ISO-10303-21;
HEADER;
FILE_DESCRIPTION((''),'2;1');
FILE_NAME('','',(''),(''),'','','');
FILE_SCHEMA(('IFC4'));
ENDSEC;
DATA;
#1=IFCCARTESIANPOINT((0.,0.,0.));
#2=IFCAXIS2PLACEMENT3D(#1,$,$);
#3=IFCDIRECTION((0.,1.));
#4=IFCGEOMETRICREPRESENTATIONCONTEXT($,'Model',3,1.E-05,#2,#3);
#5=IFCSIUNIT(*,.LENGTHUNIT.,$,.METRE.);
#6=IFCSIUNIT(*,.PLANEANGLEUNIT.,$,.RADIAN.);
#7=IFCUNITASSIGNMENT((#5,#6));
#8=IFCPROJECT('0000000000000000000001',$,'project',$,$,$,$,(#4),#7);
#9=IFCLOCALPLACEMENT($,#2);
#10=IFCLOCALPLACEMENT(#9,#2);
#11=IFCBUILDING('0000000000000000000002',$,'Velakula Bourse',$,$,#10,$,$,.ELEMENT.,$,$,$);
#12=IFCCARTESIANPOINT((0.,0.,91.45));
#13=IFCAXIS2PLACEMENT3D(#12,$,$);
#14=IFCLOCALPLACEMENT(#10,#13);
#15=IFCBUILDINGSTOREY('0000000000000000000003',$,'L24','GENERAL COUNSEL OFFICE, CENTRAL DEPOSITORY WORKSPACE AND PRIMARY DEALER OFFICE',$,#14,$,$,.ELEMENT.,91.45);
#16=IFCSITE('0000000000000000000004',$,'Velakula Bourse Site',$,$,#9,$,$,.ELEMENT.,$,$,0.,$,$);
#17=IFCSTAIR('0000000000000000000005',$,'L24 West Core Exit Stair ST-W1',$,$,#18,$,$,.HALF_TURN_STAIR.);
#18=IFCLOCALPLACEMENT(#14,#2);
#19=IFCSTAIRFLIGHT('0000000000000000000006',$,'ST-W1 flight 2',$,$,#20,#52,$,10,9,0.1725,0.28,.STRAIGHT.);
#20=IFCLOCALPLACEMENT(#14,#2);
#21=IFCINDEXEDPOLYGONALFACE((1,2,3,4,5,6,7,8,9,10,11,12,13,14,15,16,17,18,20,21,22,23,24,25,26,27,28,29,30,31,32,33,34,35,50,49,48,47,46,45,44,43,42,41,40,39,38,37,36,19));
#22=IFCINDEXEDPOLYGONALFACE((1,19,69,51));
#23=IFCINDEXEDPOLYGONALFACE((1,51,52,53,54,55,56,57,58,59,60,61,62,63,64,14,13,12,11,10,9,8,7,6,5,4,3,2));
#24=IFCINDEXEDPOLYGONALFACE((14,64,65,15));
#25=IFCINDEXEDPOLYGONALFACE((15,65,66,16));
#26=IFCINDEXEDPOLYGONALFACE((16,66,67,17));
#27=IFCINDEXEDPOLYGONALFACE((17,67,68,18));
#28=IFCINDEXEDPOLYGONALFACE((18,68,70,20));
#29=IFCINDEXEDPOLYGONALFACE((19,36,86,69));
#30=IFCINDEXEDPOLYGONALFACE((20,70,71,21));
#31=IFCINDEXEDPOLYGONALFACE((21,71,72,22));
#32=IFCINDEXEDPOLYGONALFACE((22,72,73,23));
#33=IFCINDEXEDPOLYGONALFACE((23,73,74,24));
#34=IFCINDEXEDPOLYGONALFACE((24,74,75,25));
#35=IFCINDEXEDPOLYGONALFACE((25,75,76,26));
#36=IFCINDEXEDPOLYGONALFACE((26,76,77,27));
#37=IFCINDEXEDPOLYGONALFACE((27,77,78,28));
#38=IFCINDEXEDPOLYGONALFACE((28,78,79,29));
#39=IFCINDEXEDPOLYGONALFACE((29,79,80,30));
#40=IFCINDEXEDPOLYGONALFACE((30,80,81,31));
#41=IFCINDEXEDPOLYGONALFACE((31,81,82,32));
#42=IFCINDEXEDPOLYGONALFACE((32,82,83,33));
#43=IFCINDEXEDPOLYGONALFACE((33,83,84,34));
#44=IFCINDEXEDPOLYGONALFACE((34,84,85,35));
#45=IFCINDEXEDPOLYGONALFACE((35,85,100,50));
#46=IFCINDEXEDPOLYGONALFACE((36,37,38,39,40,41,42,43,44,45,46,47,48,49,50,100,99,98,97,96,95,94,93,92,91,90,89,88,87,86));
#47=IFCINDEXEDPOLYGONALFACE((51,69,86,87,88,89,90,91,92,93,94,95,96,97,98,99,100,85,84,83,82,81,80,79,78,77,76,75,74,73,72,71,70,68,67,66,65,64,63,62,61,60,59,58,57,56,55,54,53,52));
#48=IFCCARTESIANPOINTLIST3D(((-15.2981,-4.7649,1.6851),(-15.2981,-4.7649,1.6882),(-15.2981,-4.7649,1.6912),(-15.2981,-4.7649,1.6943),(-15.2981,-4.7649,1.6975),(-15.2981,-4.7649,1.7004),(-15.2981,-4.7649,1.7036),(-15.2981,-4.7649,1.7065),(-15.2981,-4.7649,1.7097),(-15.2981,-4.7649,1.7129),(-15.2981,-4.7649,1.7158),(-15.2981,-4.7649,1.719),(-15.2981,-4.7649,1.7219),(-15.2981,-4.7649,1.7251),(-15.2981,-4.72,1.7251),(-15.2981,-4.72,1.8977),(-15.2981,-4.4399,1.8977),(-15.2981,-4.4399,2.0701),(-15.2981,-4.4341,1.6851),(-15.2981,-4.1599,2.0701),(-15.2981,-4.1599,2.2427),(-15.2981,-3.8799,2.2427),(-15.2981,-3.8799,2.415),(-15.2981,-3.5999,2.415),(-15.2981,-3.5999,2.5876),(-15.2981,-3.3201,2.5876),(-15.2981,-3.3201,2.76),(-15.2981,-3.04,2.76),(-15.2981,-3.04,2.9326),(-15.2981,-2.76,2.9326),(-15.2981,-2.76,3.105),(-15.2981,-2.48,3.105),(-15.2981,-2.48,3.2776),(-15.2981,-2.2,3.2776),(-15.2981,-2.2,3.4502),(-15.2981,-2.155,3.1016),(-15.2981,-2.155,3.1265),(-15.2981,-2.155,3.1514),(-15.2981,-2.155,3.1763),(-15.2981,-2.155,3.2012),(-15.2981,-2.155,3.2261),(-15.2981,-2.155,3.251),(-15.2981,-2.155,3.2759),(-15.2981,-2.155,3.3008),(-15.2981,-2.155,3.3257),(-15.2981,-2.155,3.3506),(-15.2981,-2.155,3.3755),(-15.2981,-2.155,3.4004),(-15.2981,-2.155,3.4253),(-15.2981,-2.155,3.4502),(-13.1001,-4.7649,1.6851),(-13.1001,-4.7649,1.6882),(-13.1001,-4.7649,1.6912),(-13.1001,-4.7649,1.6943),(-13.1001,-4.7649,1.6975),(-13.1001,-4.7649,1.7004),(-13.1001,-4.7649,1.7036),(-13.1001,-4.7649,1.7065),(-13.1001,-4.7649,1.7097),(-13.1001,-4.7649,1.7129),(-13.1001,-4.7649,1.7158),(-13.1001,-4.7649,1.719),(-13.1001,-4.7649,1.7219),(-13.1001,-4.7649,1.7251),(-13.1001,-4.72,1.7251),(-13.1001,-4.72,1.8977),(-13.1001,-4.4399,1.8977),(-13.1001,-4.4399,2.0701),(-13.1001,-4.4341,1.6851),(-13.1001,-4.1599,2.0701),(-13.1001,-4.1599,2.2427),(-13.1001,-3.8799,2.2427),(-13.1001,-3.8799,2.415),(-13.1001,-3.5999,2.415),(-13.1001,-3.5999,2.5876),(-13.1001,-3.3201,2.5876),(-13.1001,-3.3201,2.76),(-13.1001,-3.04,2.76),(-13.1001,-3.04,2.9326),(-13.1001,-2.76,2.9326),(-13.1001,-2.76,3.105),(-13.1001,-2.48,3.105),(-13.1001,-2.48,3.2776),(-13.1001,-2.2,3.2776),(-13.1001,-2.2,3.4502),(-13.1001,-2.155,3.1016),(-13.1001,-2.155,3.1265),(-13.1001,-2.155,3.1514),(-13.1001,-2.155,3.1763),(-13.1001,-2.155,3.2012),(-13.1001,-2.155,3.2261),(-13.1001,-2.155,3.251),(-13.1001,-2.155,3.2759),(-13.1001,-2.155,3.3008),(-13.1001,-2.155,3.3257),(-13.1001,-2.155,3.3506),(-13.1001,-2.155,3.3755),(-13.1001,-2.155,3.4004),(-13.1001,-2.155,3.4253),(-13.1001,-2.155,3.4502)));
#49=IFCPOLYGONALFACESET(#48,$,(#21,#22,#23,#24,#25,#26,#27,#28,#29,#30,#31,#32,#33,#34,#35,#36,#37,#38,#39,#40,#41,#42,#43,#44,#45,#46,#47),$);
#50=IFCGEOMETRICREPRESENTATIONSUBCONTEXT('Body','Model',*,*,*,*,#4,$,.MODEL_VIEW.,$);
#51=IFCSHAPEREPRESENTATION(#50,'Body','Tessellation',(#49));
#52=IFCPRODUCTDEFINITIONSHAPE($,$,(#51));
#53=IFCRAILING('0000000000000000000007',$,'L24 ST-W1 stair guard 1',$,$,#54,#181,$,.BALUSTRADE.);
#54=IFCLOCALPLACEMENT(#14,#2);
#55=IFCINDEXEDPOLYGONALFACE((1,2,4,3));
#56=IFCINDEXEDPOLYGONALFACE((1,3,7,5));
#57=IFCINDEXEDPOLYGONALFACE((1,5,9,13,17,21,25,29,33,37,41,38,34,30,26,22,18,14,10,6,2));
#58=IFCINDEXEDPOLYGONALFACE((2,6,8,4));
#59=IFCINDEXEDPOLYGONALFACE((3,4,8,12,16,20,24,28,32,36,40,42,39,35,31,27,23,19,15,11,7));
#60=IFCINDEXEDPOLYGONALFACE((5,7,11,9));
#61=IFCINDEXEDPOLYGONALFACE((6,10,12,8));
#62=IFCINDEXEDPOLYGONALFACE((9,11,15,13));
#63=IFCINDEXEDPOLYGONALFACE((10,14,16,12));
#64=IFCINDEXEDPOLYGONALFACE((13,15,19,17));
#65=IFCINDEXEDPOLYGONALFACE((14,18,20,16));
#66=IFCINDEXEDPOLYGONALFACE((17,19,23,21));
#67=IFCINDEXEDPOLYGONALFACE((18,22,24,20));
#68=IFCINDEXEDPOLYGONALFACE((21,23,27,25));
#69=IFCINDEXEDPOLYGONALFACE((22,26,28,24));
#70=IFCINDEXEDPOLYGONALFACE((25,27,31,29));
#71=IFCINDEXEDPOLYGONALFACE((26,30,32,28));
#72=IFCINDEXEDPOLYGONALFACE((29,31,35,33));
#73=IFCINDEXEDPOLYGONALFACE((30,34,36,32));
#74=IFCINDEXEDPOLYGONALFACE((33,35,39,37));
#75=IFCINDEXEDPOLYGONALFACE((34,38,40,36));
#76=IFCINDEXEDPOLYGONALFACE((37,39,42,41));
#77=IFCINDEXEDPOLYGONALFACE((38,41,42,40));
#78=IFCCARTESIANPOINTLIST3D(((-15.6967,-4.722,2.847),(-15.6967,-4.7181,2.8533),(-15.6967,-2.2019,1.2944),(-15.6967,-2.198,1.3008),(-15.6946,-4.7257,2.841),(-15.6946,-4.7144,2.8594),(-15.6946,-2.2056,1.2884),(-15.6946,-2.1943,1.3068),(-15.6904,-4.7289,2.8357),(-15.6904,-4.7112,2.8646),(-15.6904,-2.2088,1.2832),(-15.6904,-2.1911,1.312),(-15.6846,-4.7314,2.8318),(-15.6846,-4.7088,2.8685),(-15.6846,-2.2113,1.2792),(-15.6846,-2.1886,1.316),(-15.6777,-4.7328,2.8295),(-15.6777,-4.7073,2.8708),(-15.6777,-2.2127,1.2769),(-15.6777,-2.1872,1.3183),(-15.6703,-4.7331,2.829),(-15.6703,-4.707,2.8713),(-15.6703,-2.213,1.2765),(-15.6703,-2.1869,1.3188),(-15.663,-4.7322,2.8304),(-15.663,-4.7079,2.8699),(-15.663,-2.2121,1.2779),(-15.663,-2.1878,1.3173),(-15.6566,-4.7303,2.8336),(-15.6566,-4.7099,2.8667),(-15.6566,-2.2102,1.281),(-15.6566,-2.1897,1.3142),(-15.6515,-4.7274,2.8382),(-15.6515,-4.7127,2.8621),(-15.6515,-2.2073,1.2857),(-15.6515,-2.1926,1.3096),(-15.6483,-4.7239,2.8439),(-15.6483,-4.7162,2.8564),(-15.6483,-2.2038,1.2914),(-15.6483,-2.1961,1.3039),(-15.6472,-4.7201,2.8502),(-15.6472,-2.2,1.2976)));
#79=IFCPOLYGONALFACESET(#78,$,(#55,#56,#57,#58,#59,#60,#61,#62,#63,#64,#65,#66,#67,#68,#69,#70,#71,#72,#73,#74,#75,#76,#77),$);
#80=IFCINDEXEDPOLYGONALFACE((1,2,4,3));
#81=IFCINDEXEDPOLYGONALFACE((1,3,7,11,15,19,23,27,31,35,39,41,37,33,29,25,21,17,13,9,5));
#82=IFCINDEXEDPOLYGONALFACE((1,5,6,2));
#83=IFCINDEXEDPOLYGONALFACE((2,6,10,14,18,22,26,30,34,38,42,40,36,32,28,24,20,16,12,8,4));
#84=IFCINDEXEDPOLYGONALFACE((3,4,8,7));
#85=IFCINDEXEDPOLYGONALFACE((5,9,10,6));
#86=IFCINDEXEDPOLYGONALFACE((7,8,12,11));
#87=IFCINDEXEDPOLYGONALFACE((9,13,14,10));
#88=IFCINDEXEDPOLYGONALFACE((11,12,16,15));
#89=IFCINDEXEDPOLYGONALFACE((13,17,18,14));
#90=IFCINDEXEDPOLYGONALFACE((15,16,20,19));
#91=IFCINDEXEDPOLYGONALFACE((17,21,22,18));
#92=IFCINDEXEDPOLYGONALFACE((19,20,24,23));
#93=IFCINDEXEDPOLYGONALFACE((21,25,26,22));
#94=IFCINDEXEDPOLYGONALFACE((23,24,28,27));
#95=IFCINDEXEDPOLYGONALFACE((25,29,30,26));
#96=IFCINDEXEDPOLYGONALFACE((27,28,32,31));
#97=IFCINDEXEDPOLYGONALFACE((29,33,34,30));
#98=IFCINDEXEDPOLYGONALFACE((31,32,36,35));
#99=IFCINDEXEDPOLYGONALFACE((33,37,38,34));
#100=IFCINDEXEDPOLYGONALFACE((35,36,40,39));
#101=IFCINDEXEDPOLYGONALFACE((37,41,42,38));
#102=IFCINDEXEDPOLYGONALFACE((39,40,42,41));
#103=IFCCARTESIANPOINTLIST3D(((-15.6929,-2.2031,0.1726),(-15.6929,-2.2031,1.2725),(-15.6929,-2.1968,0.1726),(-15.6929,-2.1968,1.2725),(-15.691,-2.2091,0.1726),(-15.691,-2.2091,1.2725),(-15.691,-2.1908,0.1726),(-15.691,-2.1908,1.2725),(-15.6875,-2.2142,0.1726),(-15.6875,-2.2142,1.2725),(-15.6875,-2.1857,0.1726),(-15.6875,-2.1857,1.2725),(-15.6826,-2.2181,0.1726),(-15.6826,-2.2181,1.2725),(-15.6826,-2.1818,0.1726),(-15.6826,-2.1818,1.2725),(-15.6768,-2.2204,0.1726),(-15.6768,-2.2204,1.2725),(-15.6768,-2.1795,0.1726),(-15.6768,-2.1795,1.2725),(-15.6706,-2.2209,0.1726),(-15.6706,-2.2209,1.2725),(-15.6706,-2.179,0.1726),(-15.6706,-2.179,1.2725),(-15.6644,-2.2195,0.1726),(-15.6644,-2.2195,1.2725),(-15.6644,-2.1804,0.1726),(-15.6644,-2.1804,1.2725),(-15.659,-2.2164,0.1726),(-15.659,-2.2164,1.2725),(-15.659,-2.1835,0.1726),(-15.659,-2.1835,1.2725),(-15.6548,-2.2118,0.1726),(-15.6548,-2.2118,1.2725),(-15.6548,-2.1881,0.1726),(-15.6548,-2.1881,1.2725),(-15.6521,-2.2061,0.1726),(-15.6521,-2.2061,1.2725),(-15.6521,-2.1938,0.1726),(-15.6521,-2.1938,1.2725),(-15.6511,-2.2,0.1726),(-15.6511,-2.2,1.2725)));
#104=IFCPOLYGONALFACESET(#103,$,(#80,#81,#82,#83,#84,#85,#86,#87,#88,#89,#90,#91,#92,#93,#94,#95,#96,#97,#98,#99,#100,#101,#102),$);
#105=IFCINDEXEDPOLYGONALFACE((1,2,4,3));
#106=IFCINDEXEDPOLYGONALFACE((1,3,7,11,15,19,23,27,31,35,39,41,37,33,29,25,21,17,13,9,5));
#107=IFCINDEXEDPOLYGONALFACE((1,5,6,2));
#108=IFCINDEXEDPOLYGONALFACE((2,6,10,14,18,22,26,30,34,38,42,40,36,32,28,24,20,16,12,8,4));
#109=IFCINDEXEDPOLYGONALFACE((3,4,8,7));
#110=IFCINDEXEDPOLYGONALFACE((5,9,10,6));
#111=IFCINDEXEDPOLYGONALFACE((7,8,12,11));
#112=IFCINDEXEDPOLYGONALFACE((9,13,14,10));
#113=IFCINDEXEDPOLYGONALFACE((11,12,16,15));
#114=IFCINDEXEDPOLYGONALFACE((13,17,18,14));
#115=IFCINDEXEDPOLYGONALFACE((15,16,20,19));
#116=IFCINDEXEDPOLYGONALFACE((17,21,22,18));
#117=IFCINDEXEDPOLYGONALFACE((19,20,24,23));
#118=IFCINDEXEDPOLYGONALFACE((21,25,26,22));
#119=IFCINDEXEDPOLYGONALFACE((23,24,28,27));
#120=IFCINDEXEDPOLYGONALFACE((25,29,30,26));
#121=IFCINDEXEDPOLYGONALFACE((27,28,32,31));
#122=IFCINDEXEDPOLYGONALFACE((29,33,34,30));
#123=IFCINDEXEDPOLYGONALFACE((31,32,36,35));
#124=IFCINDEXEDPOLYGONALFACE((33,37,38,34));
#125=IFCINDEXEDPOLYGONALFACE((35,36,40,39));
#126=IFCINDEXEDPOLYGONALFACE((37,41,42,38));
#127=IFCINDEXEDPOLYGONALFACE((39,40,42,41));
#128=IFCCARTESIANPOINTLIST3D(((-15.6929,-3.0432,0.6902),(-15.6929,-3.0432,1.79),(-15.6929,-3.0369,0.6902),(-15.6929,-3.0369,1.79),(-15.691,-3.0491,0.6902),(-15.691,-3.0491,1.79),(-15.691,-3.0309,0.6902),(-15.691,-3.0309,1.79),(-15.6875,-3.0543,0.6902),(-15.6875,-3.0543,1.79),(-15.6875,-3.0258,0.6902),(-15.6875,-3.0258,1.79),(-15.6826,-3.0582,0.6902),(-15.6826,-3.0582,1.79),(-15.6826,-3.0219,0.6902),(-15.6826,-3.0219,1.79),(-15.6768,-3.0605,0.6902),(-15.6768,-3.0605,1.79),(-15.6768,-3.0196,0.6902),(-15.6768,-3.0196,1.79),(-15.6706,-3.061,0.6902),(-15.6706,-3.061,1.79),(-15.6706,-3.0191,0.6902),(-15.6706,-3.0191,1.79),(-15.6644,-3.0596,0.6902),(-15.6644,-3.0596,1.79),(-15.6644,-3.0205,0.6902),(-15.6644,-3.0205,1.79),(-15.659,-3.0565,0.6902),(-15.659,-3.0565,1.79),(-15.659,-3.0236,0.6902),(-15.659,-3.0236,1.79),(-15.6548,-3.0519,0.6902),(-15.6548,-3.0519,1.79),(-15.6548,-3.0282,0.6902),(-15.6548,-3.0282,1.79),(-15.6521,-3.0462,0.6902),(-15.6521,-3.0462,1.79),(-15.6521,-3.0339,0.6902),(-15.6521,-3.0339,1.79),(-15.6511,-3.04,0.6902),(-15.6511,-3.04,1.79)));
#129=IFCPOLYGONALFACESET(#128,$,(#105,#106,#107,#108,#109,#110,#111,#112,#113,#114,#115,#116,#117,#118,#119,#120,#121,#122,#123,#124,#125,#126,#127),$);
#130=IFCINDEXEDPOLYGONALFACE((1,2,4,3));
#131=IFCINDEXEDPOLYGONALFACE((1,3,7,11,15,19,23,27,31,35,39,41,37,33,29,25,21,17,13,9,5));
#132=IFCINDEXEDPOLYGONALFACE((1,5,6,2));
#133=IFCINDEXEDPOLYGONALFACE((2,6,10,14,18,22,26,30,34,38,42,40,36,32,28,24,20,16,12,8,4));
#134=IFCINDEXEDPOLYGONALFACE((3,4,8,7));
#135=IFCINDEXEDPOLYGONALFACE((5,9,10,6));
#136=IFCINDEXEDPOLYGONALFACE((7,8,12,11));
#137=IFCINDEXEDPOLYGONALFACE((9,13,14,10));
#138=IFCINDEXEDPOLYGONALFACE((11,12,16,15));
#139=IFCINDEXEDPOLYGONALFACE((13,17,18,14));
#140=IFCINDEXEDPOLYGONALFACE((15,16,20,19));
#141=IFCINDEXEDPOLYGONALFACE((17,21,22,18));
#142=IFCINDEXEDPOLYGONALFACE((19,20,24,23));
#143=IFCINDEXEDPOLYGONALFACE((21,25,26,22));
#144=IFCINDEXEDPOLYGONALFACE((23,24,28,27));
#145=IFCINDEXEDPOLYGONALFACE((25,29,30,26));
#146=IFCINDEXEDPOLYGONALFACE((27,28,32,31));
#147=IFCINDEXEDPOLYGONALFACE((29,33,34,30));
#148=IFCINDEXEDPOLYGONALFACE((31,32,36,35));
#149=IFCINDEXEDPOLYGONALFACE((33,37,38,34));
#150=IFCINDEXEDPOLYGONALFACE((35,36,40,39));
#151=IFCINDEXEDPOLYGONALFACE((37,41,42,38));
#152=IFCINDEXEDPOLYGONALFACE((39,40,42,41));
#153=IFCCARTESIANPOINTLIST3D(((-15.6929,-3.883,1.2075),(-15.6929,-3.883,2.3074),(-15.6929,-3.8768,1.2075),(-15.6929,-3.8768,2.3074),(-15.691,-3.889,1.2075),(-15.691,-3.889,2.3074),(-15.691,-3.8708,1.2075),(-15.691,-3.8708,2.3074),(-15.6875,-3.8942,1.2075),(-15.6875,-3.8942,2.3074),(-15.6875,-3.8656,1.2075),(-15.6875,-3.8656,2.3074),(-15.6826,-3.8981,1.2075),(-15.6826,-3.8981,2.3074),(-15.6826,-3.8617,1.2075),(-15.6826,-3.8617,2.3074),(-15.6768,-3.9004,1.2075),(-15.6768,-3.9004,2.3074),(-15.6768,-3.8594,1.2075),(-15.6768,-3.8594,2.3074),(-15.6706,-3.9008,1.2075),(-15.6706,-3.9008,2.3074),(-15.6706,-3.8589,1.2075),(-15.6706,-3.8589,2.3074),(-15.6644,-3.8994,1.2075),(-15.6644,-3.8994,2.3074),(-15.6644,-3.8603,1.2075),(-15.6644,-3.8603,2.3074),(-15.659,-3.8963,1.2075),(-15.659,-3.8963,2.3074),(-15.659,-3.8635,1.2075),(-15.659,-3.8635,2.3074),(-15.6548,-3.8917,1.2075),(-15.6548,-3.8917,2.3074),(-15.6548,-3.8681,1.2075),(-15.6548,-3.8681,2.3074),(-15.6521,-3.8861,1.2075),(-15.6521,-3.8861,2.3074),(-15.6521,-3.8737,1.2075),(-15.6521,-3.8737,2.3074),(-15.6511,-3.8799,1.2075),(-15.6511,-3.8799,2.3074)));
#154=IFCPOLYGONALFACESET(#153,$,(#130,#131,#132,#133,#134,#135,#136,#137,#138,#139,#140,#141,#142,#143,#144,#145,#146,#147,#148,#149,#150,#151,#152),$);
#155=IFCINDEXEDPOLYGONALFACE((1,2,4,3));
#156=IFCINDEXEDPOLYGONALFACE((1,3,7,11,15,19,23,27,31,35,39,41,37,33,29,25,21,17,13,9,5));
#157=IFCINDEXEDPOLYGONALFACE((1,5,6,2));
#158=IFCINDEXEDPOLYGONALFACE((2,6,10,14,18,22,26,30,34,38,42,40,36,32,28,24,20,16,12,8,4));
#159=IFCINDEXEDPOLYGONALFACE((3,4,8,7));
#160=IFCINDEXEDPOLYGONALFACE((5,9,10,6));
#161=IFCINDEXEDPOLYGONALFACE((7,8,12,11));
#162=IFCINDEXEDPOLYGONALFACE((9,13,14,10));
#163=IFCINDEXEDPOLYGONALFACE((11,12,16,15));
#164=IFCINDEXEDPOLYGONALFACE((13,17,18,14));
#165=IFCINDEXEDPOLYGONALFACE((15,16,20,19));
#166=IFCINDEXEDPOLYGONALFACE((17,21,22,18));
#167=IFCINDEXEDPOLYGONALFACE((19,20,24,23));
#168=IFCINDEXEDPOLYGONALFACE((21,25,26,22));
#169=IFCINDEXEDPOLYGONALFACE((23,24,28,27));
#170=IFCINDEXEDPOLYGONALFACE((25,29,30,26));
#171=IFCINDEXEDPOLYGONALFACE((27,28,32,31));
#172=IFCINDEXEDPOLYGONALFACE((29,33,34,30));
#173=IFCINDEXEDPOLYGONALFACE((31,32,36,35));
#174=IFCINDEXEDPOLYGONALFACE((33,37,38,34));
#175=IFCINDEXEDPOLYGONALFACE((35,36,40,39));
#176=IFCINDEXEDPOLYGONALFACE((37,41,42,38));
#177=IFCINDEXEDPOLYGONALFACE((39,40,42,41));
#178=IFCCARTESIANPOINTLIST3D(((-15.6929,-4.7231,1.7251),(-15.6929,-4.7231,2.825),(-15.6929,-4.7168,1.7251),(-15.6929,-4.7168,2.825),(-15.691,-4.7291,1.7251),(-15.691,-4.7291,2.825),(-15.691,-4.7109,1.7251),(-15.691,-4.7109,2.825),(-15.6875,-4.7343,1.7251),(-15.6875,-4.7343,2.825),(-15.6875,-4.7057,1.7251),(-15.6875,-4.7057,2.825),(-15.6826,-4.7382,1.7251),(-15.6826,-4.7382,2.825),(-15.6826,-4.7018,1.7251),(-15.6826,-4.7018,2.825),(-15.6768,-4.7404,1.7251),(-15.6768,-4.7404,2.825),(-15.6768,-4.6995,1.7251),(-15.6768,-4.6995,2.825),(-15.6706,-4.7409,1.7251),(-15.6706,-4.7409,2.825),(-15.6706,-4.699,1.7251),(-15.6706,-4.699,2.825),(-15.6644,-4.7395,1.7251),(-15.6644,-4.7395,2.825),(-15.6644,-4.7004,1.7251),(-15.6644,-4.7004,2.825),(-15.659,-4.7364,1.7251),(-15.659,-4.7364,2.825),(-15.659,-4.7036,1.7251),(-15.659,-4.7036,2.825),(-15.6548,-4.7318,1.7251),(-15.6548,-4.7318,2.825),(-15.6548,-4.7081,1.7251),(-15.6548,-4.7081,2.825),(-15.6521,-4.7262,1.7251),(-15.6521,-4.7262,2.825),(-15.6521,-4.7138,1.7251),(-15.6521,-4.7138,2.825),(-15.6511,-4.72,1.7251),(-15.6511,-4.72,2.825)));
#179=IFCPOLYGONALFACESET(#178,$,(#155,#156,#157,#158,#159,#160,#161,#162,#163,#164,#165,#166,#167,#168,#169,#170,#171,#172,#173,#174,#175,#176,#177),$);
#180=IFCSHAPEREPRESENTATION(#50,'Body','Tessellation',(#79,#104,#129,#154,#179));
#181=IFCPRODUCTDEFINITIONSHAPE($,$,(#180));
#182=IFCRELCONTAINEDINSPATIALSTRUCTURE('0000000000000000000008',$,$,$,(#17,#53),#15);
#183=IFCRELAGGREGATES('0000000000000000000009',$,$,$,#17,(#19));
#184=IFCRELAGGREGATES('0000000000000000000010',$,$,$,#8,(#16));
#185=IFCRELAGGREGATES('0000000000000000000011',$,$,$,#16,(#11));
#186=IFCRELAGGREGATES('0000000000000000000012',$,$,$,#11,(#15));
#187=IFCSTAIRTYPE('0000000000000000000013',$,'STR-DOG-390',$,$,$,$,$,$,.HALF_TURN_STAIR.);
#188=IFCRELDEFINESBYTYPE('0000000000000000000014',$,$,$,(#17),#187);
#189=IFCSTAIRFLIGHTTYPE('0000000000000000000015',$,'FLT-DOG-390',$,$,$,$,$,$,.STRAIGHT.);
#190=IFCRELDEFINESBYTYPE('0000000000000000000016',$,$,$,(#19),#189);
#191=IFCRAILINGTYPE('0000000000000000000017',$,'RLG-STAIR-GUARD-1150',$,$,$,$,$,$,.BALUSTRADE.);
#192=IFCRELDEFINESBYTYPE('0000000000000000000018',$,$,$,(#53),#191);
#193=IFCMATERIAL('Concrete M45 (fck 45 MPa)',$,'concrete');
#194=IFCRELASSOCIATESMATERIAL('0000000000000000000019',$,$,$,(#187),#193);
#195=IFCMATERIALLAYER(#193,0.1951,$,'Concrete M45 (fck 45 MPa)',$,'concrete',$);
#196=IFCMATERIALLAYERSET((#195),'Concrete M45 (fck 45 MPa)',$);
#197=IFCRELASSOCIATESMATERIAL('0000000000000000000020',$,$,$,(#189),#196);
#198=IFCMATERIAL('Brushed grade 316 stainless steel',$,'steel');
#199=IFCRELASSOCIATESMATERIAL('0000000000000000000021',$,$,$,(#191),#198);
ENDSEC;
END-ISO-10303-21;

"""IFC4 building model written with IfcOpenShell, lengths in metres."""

from ifc_helpers import new_model, si_unit, direction, frame, origin, origin_2d, place, context, subcontext, project, spatial, polyline, circle, outline, extrude, material, layer, layer_set, type_object, element, aggregate, save


model = new_model("IFC4")

# Units and contexts
model_context = context("Model", 3, precision=1e-05, world=origin(), true_north=direction((0.0, 1.0)))
body_context = subcontext(model_context, "Body", "Model", "MODEL_VIEW")
ifc_project = project(units=[si_unit("LENGTHUNIT", "METRE"), si_unit("PLANEANGLEUNIT", "RADIAN")], contexts=[model_context])

# Site, building, storey
site_placement = place(None, origin())
site = spatial("IfcSite", under=ifc_project, at=site_placement, Name="Velakula Bourse Site", CompositionType="ELEMENT", RefElevation=0.0)
building_placement = place(site_placement, origin())
building = spatial("IfcBuilding", under=site, at=building_placement, Name="Velakula Bourse", CompositionType="ELEMENT")
storey_placement = place(building_placement, frame((0.0, 0.0, 91.45)))
storey = spatial("IfcBuildingStorey", under=building, at=storey_placement, Name="L24", Description="GENERAL COUNSEL OFFICE, CENTRAL DEPOSITORY WORKSPACE AND PRIMARY DEALER OFFICE", CompositionType="ELEMENT", Elevation=91.45)

# Shared definitions
ifc_material_1 = material(Name="Brushed grade 316 stainless steel", Category="steel")

# Stair, stair flight
ifc_material_2 = material(Name="Concrete M45 (fck 45 MPa)", Category="concrete")
stair_type = type_object("IfcStairType", Name="STR-DOG-390", PredefinedType="HALF_TURN_STAIR", material=ifc_material_2)
stair_placement = place(storey_placement, origin())
stair = element("IfcStair", 1, at=stair_placement, inside=storey, type_object=stair_type, Name="L24 West Core Exit Stair ST-W1", PredefinedType="HALF_TURN_STAIR")
ifc_layer_1 = layer(ifc_material_2, 0.1951, Name="Concrete M45 (fck 45 MPa)", Category="concrete")
ifc_layer_set_1 = layer_set([ifc_layer_1], Name="Concrete M45 (fck 45 MPa)")
stair_flight_type = type_object("IfcStairFlightType", Name="FLT-DOG-390", PredefinedType="STRAIGHT", material=ifc_layer_set_1)
stair_flight_1_placement = place(storey_placement, frame((-14.199, -4.72, 1.7251), z_axis=(0.0, 0.0, 1.0), x_axis=(0.0, 1.0, 0.0)))
stair_flight_1 = element("IfcStairFlight", 2, at=stair_flight_1_placement, type_object=stair_flight_type, Name="ST-W1 flight 2", NumberOfRisers=10, NumberOfTreads=9, PredefinedType="STRAIGHT", RiserHeight=0.1725, TreadLength=0.28, context=body_context, shape_type="SweptSolid", body=[
    extrude(outline(polyline([(-0.0449, -0.04), (-0.0449, -0.0369), (-0.0449, -0.0339), (-0.0449, -0.0308), (-0.0449, -0.0276), (-0.0449, -0.0247), (-0.0449, -0.0215), (-0.0449, -0.0186), (-0.0449, -0.0154), (-0.0449, -0.0122), (-0.0449, -0.0093), (-0.0449, -0.0061), (-0.0449, -0.0032), (-0.0449, 0.0), (0.0, 0.0), (0.0, 0.1726), (0.28, 0.1726), (0.28, 0.345), (0.5601, 0.345), (0.5601, 0.5176), (0.8401, 0.5176), (0.8401, 0.6899), (1.1201, 0.6899), (1.1201, 0.8625), (1.3999, 0.8625), (1.3999, 1.0349), (1.6799, 1.0349), (1.6799, 1.2075), (1.96, 1.2075), (1.96, 1.3799), (2.24, 1.3799), (2.24, 1.5525), (2.52, 1.5525), (2.52, 1.7251), (2.5649, 1.7251), (2.5649, 1.7002), (2.5649, 1.6753), (2.5649, 1.6504), (2.5649, 1.6255), (2.5649, 1.6006), (2.5649, 1.5757), (2.5649, 1.5508), (2.5649, 1.5259), (2.5649, 1.501), (2.5649, 1.4761), (2.5649, 1.4512), (2.5649, 1.4263), (2.5649, 1.4014), (2.5649, 1.3765), (0.2859, -0.04), (-0.0449, -0.04)])), frame((0.0, 1.0991, 0.0), z_axis=(0.0, -1.0, 0.0), x_axis=(1.0, 0.0, 0.0)), (0.0, 0.0, 1.0), 2.198),
])
aggregate(stair, [stair_flight_1])

# Railing
railing_type_1 = type_object("IfcRailingType", Name="RLG-STAIR-GUARD-1150", PredefinedType="BALUSTRADE", material=ifc_material_1)
railing_1_placement = place(storey_placement, frame((-15.6721, -2.2, 0.1726)))
element("IfcRailing", 3, at=railing_1_placement, inside=storey, type_object=railing_type_1, Name="L24 ST-W1 stair guard 1", PredefinedType="BALUSTRADE", context=body_context, shape_type="SweptSolid", body=[
    extrude(circle(Radius=0.0249, at=origin_2d()), frame((0.0, 0.0, 1.125), z_axis=(0.0, -0.8514, 0.524516), x_axis=(1.0, 0.0, 0.0)), (0.0, 0.0, 1.0), 2.96),
    extrude(circle(Radius=0.021, at=origin_2d()), origin(), (0.0, 0.0, 1.0), 1.0999),
    extrude(circle(Radius=0.021, at=origin_2d()), frame((0.0, -0.8401, 0.5176)), (0.0, 0.0, 1.0), 1.0999),
    extrude(circle(Radius=0.021, at=origin_2d()), frame((0.0, -1.6799, 1.0349)), (0.0, 0.0, 1.0), 1.0999),
    extrude(circle(Radius=0.021, at=origin_2d()), frame((0.0, -2.52, 1.5525)), (0.0, 0.0, 1.0), 1.0999),
])

save(model, "model.ifc")
